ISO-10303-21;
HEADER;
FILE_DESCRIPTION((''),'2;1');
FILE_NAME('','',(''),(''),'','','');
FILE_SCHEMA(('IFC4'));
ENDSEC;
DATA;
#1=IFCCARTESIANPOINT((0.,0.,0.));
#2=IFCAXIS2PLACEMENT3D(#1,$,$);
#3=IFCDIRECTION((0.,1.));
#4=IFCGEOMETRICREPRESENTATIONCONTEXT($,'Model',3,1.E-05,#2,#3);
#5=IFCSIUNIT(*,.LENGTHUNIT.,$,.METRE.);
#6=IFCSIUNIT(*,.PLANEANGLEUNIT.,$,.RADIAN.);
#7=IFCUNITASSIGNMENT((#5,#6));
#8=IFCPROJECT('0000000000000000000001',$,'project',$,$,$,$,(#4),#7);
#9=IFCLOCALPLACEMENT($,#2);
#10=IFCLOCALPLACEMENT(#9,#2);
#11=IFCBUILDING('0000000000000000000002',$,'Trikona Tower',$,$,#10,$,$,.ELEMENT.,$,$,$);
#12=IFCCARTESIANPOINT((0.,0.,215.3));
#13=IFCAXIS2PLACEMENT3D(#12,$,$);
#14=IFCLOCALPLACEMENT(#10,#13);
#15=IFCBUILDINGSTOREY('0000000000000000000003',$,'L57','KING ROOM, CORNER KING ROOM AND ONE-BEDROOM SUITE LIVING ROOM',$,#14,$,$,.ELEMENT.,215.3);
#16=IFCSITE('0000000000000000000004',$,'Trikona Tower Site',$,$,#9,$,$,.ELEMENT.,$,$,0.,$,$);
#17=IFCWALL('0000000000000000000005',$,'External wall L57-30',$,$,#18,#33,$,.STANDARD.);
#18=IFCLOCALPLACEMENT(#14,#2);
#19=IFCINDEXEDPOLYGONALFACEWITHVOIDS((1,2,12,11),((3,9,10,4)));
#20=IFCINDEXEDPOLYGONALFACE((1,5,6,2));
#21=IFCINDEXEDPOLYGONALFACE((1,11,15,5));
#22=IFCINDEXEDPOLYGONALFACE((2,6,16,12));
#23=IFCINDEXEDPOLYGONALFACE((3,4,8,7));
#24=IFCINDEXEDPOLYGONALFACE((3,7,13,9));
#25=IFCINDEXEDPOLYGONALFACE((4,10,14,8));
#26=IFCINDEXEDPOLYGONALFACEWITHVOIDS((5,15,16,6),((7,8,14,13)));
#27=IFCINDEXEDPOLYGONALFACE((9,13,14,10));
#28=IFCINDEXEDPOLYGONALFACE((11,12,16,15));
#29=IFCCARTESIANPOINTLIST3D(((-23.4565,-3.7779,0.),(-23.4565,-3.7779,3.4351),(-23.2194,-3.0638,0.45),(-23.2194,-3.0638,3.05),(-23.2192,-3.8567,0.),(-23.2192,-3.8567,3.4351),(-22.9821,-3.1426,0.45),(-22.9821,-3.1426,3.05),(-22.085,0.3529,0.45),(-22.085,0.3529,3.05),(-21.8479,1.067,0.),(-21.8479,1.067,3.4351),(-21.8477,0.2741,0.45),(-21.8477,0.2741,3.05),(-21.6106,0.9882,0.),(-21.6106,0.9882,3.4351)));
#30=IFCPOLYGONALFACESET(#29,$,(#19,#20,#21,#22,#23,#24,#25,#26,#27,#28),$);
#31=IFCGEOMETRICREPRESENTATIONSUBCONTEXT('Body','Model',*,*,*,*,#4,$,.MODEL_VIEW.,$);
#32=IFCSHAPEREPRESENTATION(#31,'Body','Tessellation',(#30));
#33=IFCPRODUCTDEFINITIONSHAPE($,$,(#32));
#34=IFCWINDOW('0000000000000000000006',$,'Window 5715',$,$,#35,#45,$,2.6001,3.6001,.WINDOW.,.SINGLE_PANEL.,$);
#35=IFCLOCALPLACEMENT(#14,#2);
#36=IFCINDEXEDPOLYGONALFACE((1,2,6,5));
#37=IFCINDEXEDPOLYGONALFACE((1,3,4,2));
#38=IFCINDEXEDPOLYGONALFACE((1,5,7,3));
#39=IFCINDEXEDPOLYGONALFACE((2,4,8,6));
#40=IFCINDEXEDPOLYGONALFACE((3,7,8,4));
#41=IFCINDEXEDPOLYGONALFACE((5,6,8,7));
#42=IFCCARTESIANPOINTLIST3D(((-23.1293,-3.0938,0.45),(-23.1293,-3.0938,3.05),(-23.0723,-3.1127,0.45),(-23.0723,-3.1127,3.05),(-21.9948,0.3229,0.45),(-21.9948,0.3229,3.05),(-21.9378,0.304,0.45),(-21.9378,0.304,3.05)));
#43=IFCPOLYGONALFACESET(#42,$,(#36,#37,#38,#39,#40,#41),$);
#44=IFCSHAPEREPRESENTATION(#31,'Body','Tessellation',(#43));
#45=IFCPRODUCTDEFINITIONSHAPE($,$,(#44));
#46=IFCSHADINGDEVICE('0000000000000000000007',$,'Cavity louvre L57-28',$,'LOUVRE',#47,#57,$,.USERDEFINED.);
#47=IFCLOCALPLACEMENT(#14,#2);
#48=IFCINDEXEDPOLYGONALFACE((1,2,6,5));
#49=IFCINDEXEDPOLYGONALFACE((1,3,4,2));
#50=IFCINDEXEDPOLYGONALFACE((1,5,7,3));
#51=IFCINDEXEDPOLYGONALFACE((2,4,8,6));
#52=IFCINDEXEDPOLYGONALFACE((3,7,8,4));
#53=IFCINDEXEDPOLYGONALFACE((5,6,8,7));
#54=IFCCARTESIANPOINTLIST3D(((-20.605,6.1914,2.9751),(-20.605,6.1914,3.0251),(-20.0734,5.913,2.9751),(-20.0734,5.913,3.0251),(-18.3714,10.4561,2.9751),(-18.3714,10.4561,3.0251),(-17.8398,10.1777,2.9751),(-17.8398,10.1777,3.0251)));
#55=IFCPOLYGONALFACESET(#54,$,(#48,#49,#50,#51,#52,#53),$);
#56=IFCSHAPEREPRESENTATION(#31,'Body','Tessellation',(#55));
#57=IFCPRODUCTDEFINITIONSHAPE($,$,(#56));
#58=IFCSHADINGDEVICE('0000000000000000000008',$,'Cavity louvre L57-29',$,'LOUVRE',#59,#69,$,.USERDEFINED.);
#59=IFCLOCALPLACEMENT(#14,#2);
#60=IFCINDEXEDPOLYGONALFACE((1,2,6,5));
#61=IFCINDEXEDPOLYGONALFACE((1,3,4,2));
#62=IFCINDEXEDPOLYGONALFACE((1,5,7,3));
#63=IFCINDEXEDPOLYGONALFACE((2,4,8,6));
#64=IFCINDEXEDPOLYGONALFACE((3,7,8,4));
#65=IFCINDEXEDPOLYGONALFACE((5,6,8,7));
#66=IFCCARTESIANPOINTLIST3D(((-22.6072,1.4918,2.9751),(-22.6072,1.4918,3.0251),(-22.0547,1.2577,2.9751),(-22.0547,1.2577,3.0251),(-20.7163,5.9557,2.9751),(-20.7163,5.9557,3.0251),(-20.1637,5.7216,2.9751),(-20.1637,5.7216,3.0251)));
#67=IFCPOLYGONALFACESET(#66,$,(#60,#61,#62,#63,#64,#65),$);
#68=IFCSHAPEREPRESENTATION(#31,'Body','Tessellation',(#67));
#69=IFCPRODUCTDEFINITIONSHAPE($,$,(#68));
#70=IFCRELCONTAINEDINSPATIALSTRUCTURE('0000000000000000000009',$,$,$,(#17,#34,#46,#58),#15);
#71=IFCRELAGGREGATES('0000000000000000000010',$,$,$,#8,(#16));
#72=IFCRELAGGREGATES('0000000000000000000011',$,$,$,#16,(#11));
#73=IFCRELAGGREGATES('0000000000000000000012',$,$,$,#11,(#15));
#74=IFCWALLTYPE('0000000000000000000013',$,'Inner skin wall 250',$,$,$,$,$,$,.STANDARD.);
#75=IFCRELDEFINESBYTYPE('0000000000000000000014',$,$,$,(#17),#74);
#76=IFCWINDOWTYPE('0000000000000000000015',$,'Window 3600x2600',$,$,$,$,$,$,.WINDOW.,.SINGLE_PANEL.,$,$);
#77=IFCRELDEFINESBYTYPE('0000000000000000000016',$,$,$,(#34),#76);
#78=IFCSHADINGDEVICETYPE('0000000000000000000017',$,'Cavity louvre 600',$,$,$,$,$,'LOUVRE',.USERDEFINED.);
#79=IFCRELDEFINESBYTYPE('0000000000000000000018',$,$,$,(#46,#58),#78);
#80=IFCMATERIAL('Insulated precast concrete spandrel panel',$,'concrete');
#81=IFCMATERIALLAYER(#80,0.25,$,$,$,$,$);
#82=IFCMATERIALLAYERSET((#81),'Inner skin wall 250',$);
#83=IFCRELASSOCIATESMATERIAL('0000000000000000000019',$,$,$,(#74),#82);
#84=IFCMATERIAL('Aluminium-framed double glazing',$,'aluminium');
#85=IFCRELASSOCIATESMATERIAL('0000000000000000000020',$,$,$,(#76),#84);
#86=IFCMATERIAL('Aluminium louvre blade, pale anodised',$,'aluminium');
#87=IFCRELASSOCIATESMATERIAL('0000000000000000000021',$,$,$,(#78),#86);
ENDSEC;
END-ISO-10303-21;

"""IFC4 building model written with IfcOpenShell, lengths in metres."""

from ifc_helpers import new_model, si_unit, direction, frame, frame_2d, origin, origin_2d, place, context, subcontext, project, spatial, rectangle, extrude, material, layer, layer_set, type_object, element, fill, save


model = new_model("IFC4")

# Units and contexts
model_context = context("Model", 3, precision=1e-05, world=origin(), true_north=direction((0.0, 1.0)))
body_context = subcontext(model_context, "Body", "Model", "MODEL_VIEW")
ifc_project = project(units=[si_unit("LENGTHUNIT", "METRE"), si_unit("PLANEANGLEUNIT", "RADIAN")], contexts=[model_context])

# Site, building, storey
site_placement = place(None, origin())
site = spatial("IfcSite", under=ifc_project, at=site_placement, Name="Trikona Tower Site", CompositionType="ELEMENT", RefElevation=0.0)
building_placement = place(site_placement, origin())
building = spatial("IfcBuilding", under=site, at=building_placement, Name="Trikona Tower", CompositionType="ELEMENT")
storey_placement = place(building_placement, frame((0.0, 0.0, 215.3)))
storey = spatial("IfcBuildingStorey", under=building, at=storey_placement, Name="L57", Description="KING ROOM, CORNER KING ROOM AND ONE-BEDROOM SUITE LIVING ROOM", CompositionType="ELEMENT", Elevation=215.3)

# Wall, opening, window
ifc_material_1 = material(Name="Insulated precast concrete spandrel panel", Category="concrete")
ifc_layer_1 = layer(ifc_material_1, 0.25)
ifc_layer_set_1 = layer_set([ifc_layer_1], Name="Inner skin wall 250")
wall_type = type_object("IfcWallType", Name="Inner skin wall 250", PredefinedType="STANDARD", material=ifc_layer_set_1)
ifc_material_2 = material(Name="Aluminium-framed double glazing", Category="aluminium")
window_type = type_object("IfcWindowType", Name="Window 3600x2600", PartitioningType="SINGLE_PANEL", PredefinedType="WINDOW", material=ifc_material_2)
wall_1_placement = place(storey_placement, frame((-21.7292, 1.0276, 0.0), z_axis=(0.0, 0.0, 1.0), x_axis=(-0.315108, -0.949056, 0.0)))
wall_1 = element("IfcWall", 1, at=wall_1_placement, inside=storey, type_object=wall_type, Name="External wall L57-30", PredefinedType="STANDARD", context=body_context, shape_type="SweptSolid", body=[
    extrude(rectangle(XDim=5.105, YDim=0.25, at=frame_2d((2.5525, 0.0))), origin(), (0.0, 0.0, 1.0), 3.4351),
])
opening_1_placement = place(wall_1_placement, frame((0.7524, 0.0, 0.45)))
opening_1 = element("IfcOpeningElement", 2, at=opening_1_placement, cuts=wall_1, PredefinedType="OPENING", context=body_context, shape_type="SweptSolid", body=[
    extrude(rectangle(XDim=3.6001, YDim=2.6001, at=frame_2d((1.8, 1.3))), frame((0.0, 0.135, 0.0), z_axis=(0.0, -1.0, 0.0), x_axis=(1.0, 0.0, 0.0)), (0.0, 0.0, 1.0), 0.27),
])
window_1_placement = place(opening_1_placement, origin())
window_1 = element("IfcWindow", 3, at=window_1_placement, inside=storey, type_object=window_type, Name="Window 5715", OverallHeight=2.6001, OverallWidth=3.6001, PartitioningType="SINGLE_PANEL", PredefinedType="WINDOW", context=body_context, shape_type="SweptSolid", body=[
    extrude(rectangle(XDim=3.6001, YDim=2.6001, at=frame_2d((1.8, 1.3))), frame((0.0, 0.03, 0.0), z_axis=(0.0, -1.0, 0.0), x_axis=(1.0, 0.0, 0.0)), (0.0, 0.0, 1.0), 0.0601),
])
fill(opening_1, window_1)

# Shading devices
ifc_material_3 = material(Name="Aluminium louvre blade, pale anodised", Category="aluminium")
shading_device_type = type_object("IfcShadingDeviceType", Name="Cavity louvre 600", ElementType="LOUVRE", PredefinedType="USERDEFINED", material=ifc_material_3)
shading_device_1_placement = place(storey_placement, frame((-19.2224, 8.1846, 2.9751), z_axis=(0.0, 0.0, 1.0), x_axis=(-0.463952, -0.88586, 0.0)))
element("IfcShadingDevice", 4, at=shading_device_1_placement, inside=storey, type_object=shading_device_type, Name="Cavity louvre L57-28", ObjectType="LOUVRE", PredefinedType="USERDEFINED", context=body_context, shape_type="SweptSolid", body=[
    extrude(rectangle(XDim=4.8142, YDim=0.6001, at=origin_2d()), origin(), (0.0, 0.0, 1.0), 0.05),
])
shading_device_2_placement = place(storey_placement, frame((-21.3855, 3.6067, 2.9751), z_axis=(0.0, 0.0, 1.0), x_axis=(-0.390051, -0.920793, 0.0)))
element("IfcShadingDevice", 5, at=shading_device_2_placement, inside=storey, type_object=shading_device_type, Name="Cavity louvre L57-29", ObjectType="LOUVRE", PredefinedType="USERDEFINED", context=body_context, shape_type="SweptSolid", body=[
    extrude(rectangle(XDim=4.8479, YDim=0.6001, at=origin_2d()), origin(), (0.0, 0.0, 1.0), 0.05),
])

save(model, "model.ifc")
